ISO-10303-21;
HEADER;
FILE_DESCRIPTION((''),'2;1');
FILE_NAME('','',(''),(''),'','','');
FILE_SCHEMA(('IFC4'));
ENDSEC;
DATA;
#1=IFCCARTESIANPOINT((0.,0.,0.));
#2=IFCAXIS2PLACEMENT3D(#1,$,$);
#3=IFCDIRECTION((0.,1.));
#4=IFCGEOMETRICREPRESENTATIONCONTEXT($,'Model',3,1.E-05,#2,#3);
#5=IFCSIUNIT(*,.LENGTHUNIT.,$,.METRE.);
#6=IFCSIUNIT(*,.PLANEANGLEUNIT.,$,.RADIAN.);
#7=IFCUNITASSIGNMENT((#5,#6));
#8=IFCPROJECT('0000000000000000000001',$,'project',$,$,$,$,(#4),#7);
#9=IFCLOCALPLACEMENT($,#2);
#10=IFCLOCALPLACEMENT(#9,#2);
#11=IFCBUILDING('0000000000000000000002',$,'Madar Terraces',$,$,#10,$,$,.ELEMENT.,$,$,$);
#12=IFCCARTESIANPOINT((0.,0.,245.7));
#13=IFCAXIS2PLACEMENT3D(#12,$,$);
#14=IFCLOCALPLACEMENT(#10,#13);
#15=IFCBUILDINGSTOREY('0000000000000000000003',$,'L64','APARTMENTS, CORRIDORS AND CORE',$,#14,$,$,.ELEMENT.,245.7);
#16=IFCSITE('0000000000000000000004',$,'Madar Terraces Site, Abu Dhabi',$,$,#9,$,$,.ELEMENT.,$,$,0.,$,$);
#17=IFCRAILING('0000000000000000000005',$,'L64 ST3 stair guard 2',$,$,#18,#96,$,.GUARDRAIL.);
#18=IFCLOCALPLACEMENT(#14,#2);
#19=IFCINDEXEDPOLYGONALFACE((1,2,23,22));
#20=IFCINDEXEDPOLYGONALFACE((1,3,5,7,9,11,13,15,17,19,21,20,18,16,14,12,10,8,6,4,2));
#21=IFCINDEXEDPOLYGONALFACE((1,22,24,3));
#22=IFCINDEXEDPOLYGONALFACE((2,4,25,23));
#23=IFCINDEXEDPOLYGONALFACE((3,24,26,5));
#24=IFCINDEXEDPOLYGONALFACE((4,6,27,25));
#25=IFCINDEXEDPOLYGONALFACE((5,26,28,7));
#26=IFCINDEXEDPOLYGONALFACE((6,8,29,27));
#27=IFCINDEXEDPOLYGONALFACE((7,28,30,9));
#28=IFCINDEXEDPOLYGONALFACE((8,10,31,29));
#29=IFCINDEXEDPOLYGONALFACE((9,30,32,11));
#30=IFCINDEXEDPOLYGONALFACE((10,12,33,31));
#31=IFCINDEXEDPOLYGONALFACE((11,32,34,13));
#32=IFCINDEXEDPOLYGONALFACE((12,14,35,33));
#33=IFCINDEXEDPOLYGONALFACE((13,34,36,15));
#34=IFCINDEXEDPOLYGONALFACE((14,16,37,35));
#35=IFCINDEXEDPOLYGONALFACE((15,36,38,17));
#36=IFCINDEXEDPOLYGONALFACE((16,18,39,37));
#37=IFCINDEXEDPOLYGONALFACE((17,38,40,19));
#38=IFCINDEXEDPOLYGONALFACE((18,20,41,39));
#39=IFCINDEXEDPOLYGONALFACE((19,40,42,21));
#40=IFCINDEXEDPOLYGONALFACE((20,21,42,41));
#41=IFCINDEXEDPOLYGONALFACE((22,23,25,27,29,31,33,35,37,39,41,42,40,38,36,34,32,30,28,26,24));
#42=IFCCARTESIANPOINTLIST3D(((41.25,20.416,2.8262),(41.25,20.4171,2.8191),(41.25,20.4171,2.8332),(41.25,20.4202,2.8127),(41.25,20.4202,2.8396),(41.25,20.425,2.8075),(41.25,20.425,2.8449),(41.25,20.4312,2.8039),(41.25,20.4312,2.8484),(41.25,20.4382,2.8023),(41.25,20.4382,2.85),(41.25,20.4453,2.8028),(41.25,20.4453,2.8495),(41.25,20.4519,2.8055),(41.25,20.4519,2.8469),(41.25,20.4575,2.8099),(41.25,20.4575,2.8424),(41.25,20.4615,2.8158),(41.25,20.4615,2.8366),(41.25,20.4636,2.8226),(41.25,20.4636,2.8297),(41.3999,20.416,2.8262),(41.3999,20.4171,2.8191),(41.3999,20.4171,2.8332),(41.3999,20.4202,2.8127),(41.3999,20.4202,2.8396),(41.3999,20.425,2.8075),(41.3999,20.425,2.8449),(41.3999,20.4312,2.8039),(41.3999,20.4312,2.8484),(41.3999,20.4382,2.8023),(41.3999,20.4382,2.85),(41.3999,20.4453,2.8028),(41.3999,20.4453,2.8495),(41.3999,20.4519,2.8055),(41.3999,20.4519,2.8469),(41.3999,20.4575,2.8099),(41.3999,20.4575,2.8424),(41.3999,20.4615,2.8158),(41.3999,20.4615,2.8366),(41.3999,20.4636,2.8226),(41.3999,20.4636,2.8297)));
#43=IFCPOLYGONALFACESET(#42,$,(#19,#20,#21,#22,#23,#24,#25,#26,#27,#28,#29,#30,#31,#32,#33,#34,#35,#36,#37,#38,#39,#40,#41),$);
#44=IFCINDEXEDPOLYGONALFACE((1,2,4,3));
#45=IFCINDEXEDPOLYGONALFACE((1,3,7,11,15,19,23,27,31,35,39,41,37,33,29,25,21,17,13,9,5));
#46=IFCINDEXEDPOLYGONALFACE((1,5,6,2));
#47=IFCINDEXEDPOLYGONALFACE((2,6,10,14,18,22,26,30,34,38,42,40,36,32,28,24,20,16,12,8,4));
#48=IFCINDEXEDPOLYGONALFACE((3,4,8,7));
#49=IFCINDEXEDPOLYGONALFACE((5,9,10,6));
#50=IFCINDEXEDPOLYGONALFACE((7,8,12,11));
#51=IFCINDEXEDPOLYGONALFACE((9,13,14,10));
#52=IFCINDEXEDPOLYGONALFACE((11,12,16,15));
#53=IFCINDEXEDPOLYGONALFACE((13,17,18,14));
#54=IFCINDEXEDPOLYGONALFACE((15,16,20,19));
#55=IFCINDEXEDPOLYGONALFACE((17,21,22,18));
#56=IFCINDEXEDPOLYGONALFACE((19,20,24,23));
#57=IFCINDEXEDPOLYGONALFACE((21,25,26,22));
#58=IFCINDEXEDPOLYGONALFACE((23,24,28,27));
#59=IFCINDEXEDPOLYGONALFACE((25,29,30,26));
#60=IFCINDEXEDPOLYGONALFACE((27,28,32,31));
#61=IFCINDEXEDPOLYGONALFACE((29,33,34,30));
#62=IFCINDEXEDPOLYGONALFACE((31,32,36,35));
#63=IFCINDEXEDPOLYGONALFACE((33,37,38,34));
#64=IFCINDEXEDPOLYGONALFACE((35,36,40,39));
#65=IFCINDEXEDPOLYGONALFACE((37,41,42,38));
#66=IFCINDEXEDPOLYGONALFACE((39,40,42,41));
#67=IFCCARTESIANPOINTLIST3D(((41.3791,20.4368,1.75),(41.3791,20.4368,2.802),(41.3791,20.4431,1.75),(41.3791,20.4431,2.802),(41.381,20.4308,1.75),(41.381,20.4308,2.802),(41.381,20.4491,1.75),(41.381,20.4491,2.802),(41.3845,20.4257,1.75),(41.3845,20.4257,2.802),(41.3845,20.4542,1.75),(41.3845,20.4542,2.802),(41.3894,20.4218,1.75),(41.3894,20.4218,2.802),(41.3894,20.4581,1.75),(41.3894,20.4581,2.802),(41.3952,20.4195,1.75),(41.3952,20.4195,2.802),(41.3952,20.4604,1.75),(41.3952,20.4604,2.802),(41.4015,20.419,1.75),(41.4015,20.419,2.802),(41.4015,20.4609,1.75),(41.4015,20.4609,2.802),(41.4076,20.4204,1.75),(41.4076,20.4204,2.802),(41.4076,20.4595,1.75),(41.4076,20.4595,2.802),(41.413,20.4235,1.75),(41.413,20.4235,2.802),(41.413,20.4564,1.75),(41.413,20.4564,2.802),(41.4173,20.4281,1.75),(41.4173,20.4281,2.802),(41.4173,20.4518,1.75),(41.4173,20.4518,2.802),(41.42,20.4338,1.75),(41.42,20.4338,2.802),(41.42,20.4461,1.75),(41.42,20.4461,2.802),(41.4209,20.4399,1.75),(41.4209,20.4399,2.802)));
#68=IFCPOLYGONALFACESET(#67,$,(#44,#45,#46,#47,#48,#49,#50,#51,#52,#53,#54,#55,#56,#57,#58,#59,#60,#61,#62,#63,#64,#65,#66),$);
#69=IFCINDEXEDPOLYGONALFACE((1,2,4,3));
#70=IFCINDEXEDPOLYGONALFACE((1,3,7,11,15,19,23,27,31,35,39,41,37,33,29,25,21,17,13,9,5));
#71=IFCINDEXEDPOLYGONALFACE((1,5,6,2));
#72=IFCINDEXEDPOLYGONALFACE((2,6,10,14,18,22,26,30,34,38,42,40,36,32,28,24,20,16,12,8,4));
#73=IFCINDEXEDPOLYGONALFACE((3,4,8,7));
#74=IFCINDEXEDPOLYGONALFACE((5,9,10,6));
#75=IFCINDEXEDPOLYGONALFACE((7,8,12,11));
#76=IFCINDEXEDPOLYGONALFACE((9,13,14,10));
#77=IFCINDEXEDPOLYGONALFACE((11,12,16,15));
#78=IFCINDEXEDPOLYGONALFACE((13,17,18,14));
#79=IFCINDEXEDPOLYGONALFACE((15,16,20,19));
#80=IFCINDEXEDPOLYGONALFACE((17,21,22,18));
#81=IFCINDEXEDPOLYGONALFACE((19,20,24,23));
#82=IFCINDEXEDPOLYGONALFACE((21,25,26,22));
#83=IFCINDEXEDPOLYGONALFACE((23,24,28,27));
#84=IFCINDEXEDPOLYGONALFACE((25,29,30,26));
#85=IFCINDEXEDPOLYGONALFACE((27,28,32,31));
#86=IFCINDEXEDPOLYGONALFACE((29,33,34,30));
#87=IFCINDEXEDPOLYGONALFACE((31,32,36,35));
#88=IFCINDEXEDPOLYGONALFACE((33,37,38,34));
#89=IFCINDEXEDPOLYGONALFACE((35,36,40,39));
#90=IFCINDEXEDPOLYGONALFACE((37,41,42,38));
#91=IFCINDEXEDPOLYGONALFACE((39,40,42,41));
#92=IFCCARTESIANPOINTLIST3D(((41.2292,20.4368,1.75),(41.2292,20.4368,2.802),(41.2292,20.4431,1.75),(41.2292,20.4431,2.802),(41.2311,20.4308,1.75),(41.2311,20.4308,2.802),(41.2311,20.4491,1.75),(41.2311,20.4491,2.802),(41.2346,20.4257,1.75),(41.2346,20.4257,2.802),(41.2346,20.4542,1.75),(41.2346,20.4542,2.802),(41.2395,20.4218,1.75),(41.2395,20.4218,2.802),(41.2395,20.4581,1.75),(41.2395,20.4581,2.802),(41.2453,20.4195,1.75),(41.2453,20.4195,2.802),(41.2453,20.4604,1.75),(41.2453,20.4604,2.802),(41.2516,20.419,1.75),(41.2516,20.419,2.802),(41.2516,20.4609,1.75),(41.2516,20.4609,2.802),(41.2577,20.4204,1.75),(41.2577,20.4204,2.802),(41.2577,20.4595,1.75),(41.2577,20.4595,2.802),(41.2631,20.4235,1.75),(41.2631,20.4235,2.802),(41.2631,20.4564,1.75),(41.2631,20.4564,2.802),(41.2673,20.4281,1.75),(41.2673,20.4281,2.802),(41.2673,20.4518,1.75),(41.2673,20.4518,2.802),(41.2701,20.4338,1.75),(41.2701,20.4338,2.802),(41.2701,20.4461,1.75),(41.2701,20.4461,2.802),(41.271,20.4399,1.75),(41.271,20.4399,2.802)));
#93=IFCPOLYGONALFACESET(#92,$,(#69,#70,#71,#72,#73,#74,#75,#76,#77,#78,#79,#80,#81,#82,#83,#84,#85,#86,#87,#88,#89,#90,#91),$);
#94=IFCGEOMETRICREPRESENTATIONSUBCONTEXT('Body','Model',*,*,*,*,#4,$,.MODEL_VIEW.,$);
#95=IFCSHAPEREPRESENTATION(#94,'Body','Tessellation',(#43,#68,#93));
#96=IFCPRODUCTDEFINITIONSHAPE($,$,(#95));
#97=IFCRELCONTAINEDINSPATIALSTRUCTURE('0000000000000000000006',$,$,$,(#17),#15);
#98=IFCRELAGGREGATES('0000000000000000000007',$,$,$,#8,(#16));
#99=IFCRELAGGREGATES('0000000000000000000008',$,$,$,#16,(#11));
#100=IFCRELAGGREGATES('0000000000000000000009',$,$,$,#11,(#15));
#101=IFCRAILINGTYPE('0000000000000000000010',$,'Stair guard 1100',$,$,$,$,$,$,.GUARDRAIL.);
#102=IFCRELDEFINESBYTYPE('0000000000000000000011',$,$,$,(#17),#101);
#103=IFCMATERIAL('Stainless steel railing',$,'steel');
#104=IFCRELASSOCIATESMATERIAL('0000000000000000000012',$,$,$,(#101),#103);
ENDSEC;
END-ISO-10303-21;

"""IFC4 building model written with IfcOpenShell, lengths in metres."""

from ifc_helpers import new_model, si_unit, direction, frame, origin, origin_2d, place, context, subcontext, project, spatial, circle, extrude, material, type_object, element, save


model = new_model("IFC4")

# Units and contexts
model_context = context("Model", 3, precision=1e-05, world=origin(), true_north=direction((0.0, 1.0)))
body_context = subcontext(model_context, "Body", "Model", "MODEL_VIEW")
ifc_project = project(units=[si_unit("LENGTHUNIT", "METRE"), si_unit("PLANEANGLEUNIT", "RADIAN")], contexts=[model_context])

# Site, building, storey
site_placement = place(None, origin())
site = spatial("IfcSite", under=ifc_project, at=site_placement, Name="Madar Terraces Site, Abu Dhabi", CompositionType="ELEMENT", RefElevation=0.0)
building_placement = place(site_placement, origin())
building = spatial("IfcBuilding", under=site, at=building_placement, Name="Madar Terraces", CompositionType="ELEMENT")
storey_placement = place(building_placement, frame((0.0, 0.0, 245.7)))
storey = spatial("IfcBuildingStorey", under=building, at=storey_placement, Name="L64", Description="APARTMENTS, CORRIDORS AND CORE", CompositionType="ELEMENT", Elevation=245.7)

# Railing
ifc_material_1 = material(Name="Stainless steel railing", Category="steel")
railing_type_1 = type_object("IfcRailingType", Name="Stair guard 1100", PredefinedType="GUARDRAIL", material=ifc_material_1)
railing_1_placement = place(storey_placement, frame((41.3999, 20.4399, 1.75)))
element("IfcRailing", 1, at=railing_1_placement, inside=storey, type_object=railing_type_1, Name="L64 ST3 stair guard 2", PredefinedType="GUARDRAIL", context=body_context, shape_type="SweptSolid", body=[
    extrude(circle(Radius=0.0239, at=origin_2d()), frame((0.0, 0.0, 1.0762), z_axis=(-1.0, 0.0, 0.0), x_axis=(0.0, -1.0, 0.0)), (0.0, 0.0, 1.0), 0.1499),
    extrude(circle(Radius=0.021, at=origin_2d()), origin(), (0.0, 0.0, 1.0), 1.052),
    extrude(circle(Radius=0.021, at=origin_2d()), frame((-0.1499, 0.0, 0.0)), (0.0, 0.0, 1.0), 1.052),
])

save(model, "model.ifc")
